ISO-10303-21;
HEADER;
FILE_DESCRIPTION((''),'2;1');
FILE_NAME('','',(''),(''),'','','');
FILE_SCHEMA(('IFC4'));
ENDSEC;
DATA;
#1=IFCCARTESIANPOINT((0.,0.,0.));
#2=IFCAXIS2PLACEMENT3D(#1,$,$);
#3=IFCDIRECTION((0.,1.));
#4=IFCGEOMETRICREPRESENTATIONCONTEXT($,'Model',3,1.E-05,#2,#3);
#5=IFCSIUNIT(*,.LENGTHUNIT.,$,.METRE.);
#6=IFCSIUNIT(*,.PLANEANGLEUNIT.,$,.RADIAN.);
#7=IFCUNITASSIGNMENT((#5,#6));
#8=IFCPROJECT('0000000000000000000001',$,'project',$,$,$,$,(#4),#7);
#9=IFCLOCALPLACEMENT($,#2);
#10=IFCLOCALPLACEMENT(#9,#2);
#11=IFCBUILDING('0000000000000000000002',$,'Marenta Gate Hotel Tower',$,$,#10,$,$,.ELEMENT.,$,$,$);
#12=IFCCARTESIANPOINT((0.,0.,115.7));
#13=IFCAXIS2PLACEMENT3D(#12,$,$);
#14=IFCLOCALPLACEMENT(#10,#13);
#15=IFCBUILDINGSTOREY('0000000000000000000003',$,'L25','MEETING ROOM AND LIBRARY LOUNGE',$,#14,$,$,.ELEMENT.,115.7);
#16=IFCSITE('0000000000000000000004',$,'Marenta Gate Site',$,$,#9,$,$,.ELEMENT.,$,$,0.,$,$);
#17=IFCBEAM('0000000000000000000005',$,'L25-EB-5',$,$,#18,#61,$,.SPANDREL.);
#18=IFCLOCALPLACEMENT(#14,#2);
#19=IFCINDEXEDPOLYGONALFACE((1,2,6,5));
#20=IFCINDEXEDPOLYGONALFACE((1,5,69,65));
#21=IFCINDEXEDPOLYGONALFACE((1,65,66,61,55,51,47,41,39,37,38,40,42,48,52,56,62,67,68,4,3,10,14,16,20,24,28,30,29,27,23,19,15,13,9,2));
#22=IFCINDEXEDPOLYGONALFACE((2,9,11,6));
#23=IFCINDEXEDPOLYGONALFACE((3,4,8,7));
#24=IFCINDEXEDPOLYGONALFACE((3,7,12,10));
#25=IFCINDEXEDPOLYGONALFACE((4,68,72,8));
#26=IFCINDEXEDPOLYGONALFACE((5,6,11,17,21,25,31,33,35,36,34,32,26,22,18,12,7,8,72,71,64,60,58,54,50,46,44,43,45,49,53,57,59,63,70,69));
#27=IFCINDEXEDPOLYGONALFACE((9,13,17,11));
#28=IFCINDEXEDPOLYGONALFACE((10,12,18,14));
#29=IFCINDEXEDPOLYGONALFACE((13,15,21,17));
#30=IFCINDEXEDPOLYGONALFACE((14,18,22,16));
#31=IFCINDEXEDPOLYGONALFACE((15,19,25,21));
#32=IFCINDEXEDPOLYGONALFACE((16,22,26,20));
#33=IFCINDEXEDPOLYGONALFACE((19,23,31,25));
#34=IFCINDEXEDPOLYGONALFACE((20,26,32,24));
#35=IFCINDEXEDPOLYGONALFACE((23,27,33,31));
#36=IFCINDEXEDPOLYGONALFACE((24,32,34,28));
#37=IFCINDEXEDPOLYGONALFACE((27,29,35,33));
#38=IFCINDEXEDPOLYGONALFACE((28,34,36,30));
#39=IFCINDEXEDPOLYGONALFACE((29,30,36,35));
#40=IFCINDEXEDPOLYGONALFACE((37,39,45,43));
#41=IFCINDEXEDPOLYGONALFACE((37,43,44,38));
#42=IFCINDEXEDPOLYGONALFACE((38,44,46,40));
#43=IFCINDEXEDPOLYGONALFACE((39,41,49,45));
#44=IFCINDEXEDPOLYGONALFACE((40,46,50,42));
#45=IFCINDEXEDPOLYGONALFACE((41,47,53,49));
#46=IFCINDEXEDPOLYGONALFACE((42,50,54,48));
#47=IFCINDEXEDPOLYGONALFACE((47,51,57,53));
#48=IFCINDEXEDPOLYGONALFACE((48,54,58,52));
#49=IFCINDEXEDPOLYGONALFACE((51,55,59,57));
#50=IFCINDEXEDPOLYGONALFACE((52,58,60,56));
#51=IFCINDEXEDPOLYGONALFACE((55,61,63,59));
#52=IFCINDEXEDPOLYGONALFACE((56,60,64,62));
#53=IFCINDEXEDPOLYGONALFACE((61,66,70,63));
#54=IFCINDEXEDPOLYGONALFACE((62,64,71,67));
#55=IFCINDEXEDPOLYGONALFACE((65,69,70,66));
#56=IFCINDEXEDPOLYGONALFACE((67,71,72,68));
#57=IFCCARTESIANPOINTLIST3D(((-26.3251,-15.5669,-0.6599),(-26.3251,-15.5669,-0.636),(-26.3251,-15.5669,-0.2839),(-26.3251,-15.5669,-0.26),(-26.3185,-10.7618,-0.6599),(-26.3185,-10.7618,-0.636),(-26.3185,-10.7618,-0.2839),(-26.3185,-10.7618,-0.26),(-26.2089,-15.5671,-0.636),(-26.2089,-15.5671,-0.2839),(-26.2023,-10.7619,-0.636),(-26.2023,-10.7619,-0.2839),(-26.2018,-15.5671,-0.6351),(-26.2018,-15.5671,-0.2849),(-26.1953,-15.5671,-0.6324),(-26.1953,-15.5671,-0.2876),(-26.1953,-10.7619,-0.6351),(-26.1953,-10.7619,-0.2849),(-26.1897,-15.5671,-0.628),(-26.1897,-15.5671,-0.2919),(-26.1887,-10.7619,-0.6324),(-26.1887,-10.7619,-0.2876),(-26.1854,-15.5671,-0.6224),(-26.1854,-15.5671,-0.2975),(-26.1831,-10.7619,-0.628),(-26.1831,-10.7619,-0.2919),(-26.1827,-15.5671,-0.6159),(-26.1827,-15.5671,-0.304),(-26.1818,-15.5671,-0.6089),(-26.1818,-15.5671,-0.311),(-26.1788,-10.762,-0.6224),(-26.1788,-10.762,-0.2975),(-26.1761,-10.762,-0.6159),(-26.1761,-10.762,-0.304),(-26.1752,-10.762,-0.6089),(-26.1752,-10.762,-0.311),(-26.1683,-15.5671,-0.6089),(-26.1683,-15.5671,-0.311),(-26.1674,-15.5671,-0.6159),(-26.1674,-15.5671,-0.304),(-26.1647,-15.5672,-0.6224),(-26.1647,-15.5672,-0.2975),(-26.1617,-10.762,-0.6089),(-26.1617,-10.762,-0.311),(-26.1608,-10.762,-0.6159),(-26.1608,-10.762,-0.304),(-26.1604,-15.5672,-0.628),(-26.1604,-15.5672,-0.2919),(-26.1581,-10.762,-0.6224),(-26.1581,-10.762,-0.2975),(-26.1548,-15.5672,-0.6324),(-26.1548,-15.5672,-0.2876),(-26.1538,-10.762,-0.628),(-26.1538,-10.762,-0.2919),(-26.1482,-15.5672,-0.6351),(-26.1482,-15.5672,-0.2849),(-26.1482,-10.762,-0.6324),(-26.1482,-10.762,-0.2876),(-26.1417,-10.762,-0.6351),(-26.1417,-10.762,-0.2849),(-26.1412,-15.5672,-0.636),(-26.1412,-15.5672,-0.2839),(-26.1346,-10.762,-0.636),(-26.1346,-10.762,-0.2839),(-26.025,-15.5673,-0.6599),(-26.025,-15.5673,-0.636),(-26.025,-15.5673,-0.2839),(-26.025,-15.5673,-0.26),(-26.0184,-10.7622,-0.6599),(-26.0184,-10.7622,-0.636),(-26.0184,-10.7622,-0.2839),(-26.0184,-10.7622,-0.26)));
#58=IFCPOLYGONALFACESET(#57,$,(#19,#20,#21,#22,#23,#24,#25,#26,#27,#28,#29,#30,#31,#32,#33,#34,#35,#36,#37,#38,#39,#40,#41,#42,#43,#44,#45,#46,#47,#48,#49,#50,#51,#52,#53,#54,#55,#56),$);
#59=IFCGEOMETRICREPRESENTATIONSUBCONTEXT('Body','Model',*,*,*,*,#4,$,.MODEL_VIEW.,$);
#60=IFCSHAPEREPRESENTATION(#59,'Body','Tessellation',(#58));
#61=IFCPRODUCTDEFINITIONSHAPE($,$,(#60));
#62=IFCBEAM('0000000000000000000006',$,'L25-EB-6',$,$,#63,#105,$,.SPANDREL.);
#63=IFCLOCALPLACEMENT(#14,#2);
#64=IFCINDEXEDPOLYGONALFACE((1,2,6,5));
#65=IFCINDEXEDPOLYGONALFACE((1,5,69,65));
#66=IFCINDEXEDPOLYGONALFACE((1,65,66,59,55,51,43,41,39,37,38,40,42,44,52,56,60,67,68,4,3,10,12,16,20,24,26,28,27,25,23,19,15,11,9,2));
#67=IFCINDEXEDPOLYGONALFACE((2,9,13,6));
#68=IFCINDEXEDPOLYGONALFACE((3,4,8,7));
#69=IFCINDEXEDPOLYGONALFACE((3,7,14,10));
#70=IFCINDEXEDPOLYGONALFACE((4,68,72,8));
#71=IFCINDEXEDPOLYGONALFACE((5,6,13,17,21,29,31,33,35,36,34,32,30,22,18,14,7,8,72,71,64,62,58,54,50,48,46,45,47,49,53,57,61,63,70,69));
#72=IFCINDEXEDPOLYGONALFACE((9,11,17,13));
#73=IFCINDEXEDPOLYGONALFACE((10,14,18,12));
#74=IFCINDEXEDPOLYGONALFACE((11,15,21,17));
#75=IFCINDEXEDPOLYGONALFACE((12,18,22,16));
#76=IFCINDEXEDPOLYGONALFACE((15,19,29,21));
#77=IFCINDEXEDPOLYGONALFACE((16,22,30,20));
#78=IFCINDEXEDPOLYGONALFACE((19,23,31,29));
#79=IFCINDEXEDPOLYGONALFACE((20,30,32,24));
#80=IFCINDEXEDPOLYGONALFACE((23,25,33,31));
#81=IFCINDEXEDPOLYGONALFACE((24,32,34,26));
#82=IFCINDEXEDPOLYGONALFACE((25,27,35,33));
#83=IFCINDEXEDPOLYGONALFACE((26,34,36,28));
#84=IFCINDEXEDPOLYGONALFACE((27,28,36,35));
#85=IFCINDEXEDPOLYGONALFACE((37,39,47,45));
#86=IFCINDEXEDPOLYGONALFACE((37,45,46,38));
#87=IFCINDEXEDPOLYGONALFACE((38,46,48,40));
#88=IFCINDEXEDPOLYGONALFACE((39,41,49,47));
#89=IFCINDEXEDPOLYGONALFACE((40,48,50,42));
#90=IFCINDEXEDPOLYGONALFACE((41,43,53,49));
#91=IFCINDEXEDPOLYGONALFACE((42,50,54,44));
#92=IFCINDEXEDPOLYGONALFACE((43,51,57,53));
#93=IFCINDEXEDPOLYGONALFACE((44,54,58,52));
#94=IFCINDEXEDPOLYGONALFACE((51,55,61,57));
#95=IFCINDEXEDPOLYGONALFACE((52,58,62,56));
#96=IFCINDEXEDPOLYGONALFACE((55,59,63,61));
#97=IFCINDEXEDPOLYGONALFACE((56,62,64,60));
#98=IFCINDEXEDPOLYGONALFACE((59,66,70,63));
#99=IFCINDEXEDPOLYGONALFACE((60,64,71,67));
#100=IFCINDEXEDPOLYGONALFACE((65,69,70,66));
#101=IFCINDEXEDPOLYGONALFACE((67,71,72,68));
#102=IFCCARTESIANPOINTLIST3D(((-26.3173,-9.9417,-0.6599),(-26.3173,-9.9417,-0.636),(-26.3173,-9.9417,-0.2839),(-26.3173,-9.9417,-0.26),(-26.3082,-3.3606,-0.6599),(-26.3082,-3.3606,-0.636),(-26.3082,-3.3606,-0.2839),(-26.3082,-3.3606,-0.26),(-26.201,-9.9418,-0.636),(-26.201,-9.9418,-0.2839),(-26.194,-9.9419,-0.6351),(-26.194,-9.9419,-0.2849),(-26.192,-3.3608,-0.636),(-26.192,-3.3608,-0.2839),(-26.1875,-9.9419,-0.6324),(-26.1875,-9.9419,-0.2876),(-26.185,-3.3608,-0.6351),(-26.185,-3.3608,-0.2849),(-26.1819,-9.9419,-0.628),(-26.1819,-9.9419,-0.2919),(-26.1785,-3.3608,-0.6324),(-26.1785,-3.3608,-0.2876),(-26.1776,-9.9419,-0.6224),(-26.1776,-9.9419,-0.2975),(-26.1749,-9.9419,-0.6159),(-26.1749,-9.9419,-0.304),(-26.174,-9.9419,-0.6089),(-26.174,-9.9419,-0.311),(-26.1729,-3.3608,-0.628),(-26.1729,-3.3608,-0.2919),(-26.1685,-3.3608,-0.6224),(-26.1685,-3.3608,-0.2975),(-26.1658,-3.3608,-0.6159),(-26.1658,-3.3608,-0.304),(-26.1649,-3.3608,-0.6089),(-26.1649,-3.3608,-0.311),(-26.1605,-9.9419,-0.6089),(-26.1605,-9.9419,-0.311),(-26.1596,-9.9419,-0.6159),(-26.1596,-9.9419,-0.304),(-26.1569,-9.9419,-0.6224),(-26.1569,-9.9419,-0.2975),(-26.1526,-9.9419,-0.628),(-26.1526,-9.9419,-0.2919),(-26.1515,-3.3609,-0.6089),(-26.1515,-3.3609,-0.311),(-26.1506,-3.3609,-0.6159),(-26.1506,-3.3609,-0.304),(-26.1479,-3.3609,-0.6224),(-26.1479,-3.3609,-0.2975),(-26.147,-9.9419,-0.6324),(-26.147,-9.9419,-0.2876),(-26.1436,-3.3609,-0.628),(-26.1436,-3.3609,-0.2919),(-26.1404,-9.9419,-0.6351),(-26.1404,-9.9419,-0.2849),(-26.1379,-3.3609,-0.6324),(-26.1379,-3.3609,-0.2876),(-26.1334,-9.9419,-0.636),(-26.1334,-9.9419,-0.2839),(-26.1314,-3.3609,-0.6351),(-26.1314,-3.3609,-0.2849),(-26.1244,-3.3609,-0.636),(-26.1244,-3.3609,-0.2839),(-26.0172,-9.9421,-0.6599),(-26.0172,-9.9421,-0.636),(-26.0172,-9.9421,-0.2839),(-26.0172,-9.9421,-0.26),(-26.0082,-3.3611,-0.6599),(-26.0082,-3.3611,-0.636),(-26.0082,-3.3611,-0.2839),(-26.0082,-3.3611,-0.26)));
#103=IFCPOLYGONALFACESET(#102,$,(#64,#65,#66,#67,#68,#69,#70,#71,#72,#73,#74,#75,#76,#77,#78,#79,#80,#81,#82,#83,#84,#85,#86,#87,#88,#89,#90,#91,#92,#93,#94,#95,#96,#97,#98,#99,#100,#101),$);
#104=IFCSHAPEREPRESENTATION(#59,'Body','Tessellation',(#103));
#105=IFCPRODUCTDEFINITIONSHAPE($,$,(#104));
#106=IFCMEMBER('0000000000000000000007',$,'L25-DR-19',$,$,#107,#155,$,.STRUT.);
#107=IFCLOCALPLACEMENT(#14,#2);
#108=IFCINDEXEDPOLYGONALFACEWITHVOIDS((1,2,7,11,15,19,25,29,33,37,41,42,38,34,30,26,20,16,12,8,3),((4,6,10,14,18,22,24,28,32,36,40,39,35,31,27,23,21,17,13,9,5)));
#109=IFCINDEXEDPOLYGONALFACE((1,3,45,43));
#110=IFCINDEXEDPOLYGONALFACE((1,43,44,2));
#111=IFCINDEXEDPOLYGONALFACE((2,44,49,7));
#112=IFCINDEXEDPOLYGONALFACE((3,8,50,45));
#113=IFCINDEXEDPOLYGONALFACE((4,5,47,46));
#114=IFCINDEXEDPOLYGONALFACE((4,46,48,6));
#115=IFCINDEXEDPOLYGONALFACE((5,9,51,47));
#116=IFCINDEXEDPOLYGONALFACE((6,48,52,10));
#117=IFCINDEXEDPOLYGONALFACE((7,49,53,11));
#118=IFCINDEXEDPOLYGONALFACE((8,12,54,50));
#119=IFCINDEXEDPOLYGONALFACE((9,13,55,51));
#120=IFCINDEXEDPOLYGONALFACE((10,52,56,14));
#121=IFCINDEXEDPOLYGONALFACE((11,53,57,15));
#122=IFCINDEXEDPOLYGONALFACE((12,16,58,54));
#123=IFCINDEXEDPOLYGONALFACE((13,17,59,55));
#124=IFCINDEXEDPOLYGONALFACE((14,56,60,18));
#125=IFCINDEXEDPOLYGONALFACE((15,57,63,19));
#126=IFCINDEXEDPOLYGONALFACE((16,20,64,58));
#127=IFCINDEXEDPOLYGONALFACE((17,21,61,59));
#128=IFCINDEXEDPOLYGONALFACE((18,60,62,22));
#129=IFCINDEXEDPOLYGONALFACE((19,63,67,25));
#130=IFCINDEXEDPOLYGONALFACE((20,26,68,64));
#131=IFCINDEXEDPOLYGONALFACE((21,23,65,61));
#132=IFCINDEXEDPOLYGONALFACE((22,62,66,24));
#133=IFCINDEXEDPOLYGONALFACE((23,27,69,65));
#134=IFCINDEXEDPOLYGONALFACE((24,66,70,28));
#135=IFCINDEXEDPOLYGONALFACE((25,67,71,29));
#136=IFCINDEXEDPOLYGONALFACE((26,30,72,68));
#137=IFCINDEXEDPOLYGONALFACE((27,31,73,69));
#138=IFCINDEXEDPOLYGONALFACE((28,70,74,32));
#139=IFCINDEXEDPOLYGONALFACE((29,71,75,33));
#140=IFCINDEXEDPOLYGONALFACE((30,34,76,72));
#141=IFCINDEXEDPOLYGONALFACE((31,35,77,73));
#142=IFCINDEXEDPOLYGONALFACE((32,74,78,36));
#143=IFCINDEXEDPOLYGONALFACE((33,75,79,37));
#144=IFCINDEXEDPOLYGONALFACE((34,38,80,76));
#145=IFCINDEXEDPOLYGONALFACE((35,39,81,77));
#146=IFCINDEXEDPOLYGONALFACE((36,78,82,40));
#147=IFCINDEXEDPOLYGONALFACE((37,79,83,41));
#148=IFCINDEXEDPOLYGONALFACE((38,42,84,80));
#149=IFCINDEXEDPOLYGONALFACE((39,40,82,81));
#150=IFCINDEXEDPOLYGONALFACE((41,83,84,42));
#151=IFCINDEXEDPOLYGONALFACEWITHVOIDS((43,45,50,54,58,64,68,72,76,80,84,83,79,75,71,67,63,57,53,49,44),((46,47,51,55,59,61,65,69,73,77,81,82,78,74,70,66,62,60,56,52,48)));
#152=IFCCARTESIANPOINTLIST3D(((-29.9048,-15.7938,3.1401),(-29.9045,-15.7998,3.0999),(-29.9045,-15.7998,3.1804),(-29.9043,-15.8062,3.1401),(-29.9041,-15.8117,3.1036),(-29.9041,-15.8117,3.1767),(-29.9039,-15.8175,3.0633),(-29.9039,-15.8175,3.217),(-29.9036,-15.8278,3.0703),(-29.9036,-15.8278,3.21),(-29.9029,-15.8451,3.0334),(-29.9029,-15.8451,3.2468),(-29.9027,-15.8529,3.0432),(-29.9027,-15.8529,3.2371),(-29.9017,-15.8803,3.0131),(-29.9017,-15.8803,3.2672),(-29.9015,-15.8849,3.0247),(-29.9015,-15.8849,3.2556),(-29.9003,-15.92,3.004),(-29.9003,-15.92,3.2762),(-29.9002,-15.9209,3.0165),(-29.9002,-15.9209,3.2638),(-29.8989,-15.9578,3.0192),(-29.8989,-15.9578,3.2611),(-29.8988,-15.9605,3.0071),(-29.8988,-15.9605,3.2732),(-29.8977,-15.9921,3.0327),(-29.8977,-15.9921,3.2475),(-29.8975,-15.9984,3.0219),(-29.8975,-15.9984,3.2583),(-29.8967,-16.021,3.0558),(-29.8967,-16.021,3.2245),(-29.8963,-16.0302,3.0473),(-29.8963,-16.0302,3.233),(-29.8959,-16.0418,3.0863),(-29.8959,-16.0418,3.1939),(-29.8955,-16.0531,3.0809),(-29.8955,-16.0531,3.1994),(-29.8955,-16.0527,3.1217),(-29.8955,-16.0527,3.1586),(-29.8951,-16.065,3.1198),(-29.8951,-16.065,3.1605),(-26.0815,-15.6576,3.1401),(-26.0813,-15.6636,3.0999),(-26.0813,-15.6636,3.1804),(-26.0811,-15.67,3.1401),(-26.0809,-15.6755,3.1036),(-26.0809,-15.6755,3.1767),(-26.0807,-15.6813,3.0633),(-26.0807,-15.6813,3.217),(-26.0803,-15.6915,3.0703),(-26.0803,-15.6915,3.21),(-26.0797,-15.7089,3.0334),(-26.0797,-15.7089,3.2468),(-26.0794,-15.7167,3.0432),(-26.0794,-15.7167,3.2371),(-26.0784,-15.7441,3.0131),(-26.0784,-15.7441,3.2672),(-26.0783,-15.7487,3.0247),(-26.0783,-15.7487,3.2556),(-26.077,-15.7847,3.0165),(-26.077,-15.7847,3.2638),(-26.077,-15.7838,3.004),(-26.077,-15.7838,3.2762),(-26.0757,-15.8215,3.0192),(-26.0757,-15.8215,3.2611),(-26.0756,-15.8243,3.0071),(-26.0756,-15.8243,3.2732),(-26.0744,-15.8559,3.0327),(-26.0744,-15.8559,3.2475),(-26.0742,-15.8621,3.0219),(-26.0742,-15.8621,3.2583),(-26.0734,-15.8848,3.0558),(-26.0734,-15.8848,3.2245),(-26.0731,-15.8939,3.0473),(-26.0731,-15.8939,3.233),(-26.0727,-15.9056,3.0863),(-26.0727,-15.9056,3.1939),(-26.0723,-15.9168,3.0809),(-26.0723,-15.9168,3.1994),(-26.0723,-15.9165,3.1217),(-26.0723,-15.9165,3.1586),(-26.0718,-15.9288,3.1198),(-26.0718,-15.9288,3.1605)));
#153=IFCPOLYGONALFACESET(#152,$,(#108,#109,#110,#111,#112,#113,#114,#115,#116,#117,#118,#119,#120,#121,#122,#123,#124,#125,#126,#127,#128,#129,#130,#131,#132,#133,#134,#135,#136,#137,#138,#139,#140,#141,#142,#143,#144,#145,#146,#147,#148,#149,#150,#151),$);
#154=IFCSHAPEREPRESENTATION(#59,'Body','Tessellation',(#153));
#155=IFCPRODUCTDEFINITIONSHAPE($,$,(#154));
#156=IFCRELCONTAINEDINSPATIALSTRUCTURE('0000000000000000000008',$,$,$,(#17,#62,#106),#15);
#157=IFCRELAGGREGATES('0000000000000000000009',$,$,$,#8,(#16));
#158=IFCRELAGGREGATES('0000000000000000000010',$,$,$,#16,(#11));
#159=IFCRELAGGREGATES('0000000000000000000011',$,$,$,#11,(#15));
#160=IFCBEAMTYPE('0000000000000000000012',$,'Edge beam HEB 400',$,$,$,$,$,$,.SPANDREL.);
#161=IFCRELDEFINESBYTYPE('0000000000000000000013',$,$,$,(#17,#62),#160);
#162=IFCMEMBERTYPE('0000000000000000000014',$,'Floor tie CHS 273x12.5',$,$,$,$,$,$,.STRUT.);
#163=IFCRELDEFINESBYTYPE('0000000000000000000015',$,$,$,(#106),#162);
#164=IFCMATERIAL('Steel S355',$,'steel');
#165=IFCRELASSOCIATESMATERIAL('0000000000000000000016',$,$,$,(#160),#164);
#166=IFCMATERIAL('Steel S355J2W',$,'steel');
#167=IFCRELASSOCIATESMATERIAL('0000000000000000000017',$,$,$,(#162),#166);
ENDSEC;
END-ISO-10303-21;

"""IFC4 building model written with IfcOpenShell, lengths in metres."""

from ifc_helpers import new_model, si_unit, direction, frame, origin, origin_2d, place, context, subcontext, project, spatial, hollow_circle, i_section, extrude, material, material_profile, profile_set, type_object, element, save


model = new_model("IFC4")

# Units and contexts
model_context = context("Model", 3, precision=1e-05, world=origin(), true_north=direction((0.0, 1.0)))
body_context = subcontext(model_context, "Body", "Model", "MODEL_VIEW")
ifc_project = project(units=[si_unit("LENGTHUNIT", "METRE"), si_unit("PLANEANGLEUNIT", "RADIAN")], contexts=[model_context])

# Site, building, storey
site_placement = place(None, origin())
site = spatial("IfcSite", under=ifc_project, at=site_placement, Name="Marenta Gate Site", CompositionType="ELEMENT", RefElevation=0.0)
building_placement = place(site_placement, origin())
building = spatial("IfcBuilding", under=site, at=building_placement, Name="Marenta Gate Hotel Tower", CompositionType="ELEMENT")
storey_placement = place(building_placement, frame((0.0, 0.0, 115.7)))
storey = spatial("IfcBuildingStorey", under=building, at=storey_placement, Name="L25", Description="MEETING ROOM AND LIBRARY LOUNGE", CompositionType="ELEMENT", Elevation=115.7)

# Beams
ifc_material_1 = material(Name="Steel S355", Category="steel")
ifc_material_profile_1 = material_profile(ifc_material_1, i_section(OverallWidth=0.3, OverallDepth=0.3999, WebThickness=0.0134, FlangeThickness=0.0239, FilletRadius=0.0271, at=origin_2d()), Name="HEB 400")
ifc_profile_set_1 = profile_set([ifc_material_profile_1], Name="Steel S355")
beam_type_1 = type_object("IfcBeamType", Name="Edge beam HEB 400", PredefinedType="SPANDREL", material=ifc_profile_set_1)
beam_1_placement = place(storey_placement, frame((-26.175, -15.5671, -0.46), z_axis=(0.001372, 0.999999, 0.0), x_axis=(-0.999999, 0.001372, 0.0)))
element("IfcBeam", 1, at=beam_1_placement, inside=storey, type_object=beam_type_1, Name="L25-EB-5", PredefinedType="SPANDREL", context=body_context, shape_type="SweptSolid", body=[
    extrude(i_section(OverallWidth=0.3, OverallDepth=0.3999, WebThickness=0.0134, FlangeThickness=0.0239, FilletRadius=0.0271, at=origin_2d()), origin(), (0.0, 0.0, 1.0), 4.8052),
])
beam_2_placement = place(storey_placement, frame((-26.1672, -9.9419, -0.46), z_axis=(0.001373, 0.999999, 0.0), x_axis=(-0.999999, 0.001373, 0.0)))
element("IfcBeam", 2, at=beam_2_placement, inside=storey, type_object=beam_type_1, Name="L25-EB-6", PredefinedType="SPANDREL", context=body_context, shape_type="SweptSolid", body=[
    extrude(i_section(OverallWidth=0.3, OverallDepth=0.3999, WebThickness=0.0134, FlangeThickness=0.0239, FilletRadius=0.0271, at=origin_2d()), origin(), (0.0, 0.0, 1.0), 6.5811),
])

# Member
ifc_material_2 = material(Name="Steel S355J2W", Category="steel")
ifc_material_profile_2 = material_profile(ifc_material_2, hollow_circle(Radius=0.1365, WallThickness=0.0125, at=origin_2d()), Name="CHS 273x12.5")
ifc_profile_set_2 = profile_set([ifc_material_profile_2], Name="Steel S355J2W")
member_type_1 = type_object("IfcMemberType", Name="Floor tie CHS 273x12.5", PredefinedType="STRUT", material=ifc_profile_set_2)
member_1_placement = place(storey_placement, frame((-29.8999, -15.9302, 3.1401), z_axis=(0.999366, 0.03561, 0.0), x_axis=(-0.03561, 0.999366, 0.0)))
element("IfcMember", 3, at=member_1_placement, inside=storey, type_object=member_type_1, Name="L25-DR-19", PredefinedType="STRUT", context=body_context, shape_type="SweptSolid", body=[
    extrude(hollow_circle(Radius=0.1365, WallThickness=0.0125, at=origin_2d()), origin(), (0.0, 0.0, 1.0), 3.8257),
])

save(model, "model.ifc")
